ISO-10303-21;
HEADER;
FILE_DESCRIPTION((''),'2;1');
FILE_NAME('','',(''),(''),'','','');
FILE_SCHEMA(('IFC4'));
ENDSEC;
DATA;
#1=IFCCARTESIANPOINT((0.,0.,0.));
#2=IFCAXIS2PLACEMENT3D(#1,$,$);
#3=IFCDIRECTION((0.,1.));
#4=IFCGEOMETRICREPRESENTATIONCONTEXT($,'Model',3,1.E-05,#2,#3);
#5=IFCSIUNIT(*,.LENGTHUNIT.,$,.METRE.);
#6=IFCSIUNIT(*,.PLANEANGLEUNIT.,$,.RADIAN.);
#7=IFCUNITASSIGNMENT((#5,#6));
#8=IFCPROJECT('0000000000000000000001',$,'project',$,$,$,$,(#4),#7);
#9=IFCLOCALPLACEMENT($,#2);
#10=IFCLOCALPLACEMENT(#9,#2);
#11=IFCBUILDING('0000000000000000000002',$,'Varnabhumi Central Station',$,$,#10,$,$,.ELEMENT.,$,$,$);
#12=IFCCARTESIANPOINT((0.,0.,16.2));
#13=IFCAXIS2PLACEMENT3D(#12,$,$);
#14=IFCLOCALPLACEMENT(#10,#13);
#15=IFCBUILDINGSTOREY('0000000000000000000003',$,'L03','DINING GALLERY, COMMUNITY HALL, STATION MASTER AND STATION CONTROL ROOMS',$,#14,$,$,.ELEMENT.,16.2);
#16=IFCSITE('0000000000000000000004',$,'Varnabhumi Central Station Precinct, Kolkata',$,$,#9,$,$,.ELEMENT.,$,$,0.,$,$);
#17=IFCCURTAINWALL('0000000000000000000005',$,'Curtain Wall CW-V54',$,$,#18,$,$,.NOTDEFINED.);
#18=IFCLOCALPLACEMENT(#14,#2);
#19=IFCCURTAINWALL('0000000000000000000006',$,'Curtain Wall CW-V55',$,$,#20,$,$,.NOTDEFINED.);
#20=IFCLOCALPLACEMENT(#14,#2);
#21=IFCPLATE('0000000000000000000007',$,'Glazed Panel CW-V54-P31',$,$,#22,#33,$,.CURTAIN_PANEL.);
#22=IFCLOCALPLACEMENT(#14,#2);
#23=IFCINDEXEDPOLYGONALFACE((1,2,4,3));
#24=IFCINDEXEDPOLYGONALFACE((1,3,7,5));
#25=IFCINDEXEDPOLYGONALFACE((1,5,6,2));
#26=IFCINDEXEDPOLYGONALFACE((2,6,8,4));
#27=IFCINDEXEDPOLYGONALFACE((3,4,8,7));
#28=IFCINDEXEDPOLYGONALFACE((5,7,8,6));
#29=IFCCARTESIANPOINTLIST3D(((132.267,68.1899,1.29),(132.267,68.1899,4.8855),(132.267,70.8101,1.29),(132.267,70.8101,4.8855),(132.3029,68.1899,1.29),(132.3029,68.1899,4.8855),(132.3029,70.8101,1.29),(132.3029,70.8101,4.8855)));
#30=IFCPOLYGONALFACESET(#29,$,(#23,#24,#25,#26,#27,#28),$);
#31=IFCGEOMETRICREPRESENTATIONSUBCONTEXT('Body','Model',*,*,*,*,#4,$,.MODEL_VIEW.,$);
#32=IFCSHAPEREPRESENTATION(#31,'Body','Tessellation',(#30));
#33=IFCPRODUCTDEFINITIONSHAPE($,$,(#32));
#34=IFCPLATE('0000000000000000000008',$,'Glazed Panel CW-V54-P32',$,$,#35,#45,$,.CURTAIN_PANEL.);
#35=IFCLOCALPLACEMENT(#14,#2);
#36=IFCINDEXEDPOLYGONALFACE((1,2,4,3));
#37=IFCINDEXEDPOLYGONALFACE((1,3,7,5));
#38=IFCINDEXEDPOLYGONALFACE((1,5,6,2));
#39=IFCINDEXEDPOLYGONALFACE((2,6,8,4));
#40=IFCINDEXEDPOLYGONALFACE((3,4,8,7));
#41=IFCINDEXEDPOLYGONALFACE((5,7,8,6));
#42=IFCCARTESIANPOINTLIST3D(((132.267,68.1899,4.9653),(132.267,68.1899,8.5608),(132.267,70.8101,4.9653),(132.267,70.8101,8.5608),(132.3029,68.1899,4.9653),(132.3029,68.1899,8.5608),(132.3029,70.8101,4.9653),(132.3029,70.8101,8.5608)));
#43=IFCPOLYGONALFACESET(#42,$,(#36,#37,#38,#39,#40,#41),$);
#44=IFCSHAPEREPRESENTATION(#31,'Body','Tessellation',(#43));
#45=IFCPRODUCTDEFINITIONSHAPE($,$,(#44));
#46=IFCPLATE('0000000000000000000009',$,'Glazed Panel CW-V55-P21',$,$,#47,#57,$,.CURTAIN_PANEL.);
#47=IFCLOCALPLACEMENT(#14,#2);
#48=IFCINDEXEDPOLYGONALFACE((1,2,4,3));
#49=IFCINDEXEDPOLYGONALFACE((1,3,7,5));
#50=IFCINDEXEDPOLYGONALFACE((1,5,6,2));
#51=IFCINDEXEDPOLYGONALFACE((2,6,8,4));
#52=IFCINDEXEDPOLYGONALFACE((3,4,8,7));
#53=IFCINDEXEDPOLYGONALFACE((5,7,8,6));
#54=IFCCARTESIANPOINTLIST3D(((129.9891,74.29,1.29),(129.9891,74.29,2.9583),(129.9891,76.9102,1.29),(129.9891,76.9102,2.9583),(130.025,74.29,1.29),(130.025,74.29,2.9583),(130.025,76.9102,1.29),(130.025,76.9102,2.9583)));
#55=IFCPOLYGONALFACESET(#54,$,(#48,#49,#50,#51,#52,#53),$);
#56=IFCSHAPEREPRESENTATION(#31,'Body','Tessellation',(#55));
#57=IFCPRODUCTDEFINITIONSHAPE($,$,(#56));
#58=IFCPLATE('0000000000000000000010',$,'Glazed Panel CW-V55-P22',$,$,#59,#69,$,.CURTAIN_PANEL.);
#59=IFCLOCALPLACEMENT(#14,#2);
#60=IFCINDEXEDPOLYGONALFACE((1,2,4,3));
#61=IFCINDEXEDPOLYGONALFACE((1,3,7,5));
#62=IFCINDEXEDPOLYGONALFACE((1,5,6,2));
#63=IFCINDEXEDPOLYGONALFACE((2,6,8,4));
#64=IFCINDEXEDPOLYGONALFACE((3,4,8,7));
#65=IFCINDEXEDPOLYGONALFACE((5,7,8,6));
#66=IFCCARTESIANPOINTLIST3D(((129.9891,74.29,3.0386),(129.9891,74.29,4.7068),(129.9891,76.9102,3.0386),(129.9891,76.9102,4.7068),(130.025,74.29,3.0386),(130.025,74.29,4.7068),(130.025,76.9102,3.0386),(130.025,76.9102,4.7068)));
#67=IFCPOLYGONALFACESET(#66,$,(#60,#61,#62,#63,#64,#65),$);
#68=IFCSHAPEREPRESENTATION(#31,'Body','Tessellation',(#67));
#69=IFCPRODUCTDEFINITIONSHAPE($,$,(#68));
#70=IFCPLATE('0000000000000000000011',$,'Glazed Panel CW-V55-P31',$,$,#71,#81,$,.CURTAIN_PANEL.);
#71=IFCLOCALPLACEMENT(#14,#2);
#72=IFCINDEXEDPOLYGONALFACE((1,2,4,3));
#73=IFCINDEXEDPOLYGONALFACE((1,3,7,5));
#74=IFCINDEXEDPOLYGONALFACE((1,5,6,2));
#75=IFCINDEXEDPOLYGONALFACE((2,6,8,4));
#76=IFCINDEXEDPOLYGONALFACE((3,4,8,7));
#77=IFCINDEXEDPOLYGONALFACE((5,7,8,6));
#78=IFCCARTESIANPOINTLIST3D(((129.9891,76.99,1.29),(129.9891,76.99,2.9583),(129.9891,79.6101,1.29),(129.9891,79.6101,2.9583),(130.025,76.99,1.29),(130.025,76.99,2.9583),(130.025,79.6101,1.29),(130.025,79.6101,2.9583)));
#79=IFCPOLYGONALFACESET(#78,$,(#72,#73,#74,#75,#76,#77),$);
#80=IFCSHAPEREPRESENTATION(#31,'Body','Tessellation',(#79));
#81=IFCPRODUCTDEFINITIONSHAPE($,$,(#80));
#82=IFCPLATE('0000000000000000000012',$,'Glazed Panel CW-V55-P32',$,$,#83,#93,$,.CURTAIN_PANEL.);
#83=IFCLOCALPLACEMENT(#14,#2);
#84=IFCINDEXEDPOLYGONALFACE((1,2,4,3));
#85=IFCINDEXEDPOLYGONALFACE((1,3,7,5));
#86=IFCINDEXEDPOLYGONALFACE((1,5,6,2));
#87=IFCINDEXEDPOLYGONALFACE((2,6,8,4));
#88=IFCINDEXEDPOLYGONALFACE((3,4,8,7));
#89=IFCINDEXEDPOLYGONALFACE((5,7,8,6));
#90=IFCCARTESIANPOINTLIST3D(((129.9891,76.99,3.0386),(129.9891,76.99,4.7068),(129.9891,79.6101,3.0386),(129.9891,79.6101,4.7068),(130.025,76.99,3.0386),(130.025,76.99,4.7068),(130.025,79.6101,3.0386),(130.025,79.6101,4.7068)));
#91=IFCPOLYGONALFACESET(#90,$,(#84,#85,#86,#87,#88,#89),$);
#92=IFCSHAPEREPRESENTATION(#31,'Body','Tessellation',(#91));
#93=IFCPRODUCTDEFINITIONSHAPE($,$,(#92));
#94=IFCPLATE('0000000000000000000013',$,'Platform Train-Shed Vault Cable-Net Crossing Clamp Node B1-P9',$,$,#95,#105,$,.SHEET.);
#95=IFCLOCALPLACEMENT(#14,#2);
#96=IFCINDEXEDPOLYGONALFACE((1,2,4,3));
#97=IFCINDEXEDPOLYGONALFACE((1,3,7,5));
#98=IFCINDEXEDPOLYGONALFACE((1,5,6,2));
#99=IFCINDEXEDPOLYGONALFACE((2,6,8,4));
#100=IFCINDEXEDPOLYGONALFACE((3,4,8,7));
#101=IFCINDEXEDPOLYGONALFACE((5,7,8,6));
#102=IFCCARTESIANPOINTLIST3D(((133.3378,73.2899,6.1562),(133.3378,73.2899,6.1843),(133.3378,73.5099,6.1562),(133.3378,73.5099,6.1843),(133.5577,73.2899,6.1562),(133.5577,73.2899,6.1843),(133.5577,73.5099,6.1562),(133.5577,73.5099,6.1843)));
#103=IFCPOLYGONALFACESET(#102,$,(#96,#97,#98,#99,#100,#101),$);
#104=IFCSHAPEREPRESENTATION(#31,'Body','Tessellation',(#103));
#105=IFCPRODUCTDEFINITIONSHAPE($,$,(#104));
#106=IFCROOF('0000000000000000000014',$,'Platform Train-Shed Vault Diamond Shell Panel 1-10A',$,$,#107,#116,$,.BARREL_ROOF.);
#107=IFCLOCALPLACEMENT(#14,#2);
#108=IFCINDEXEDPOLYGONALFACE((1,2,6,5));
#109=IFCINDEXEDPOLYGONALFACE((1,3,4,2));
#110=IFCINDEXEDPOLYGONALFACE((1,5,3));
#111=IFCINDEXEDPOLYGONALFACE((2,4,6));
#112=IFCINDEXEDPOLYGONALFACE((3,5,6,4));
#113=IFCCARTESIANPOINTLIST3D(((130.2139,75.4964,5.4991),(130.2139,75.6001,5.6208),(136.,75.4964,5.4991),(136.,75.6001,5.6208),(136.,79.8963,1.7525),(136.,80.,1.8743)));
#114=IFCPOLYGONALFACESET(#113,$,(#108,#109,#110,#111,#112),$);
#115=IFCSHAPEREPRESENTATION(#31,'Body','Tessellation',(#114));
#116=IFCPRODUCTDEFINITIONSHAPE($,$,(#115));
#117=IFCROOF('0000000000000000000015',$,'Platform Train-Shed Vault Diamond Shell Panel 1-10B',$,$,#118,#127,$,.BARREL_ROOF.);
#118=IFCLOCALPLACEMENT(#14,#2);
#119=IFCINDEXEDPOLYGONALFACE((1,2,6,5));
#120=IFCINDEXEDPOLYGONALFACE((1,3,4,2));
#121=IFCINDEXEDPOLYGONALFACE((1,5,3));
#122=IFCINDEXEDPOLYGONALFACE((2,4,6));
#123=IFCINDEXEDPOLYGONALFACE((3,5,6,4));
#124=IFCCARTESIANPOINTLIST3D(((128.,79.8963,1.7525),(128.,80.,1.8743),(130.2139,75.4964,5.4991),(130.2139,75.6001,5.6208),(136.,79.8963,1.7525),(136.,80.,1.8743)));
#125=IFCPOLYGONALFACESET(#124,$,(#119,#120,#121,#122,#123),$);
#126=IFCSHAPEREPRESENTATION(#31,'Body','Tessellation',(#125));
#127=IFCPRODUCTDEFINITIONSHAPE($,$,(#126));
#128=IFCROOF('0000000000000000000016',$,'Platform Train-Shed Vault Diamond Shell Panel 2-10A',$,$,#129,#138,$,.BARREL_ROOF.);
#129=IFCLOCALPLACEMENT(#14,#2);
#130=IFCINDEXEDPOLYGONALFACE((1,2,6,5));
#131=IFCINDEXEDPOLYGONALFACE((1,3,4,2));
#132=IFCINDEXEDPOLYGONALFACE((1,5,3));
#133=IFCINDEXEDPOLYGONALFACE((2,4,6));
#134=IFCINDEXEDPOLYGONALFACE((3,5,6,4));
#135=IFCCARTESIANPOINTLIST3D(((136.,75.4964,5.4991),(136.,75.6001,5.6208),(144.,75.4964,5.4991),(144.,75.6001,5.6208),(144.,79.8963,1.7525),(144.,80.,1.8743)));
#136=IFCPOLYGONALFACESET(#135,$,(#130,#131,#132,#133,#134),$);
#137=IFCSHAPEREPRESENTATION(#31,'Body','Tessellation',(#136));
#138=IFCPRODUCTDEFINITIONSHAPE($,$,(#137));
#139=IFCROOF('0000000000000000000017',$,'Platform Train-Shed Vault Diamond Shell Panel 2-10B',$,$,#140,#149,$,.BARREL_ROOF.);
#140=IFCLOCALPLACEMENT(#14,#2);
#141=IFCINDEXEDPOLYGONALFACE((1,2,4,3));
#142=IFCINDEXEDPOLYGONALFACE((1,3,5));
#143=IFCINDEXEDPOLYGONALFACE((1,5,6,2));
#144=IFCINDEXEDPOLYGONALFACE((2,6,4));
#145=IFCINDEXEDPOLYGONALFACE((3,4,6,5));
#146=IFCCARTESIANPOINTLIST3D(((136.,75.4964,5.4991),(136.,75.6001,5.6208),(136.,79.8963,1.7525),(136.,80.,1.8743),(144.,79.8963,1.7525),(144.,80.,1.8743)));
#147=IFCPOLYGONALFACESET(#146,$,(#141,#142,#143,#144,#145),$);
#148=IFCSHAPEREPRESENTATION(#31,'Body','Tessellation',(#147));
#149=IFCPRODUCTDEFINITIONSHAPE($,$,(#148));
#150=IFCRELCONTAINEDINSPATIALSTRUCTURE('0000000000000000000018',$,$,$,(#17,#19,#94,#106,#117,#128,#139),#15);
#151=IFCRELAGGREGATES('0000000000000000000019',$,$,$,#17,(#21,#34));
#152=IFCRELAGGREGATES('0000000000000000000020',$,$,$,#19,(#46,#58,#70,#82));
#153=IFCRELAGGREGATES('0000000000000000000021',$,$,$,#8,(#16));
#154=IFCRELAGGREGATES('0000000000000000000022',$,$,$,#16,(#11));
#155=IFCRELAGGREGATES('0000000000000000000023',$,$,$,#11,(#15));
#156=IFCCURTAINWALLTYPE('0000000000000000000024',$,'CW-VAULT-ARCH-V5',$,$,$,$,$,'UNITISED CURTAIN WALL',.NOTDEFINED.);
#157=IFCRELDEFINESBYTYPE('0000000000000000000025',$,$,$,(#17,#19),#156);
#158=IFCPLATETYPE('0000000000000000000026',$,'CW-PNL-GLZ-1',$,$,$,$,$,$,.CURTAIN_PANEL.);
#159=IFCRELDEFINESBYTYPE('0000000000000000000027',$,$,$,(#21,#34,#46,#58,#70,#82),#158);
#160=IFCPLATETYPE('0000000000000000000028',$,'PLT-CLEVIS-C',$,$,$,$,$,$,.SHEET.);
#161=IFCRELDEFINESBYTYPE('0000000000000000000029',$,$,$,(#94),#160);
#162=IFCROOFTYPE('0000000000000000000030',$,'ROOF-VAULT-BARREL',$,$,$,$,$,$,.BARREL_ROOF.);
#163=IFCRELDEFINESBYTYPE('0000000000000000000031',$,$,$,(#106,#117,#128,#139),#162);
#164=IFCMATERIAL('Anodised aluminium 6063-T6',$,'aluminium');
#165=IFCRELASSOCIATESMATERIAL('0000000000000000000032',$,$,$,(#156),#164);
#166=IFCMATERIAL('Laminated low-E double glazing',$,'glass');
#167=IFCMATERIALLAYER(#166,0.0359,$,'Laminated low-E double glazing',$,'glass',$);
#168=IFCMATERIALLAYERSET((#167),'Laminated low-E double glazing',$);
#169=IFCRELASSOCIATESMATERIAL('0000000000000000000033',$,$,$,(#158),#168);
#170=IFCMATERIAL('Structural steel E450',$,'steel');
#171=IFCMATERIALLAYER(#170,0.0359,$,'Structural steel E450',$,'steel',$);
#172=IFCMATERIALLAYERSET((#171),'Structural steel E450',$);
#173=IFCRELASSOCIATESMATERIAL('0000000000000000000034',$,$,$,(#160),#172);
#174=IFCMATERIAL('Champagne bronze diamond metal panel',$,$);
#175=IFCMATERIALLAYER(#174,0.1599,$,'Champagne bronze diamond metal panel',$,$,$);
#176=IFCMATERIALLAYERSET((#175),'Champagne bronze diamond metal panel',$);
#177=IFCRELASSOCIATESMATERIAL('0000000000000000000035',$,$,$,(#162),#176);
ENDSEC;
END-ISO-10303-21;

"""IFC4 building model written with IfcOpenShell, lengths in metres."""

from ifc_helpers import new_model, si_unit, direction, frame, origin, origin_2d, place, context, subcontext, project, spatial, polyline, rectangle, outline, extrude, material, layer, layer_set, type_object, element, aggregate, save


model = new_model("IFC4")

# Units and contexts
model_context = context("Model", 3, precision=1e-05, world=origin(), true_north=direction((0.0, 1.0)))
body_context = subcontext(model_context, "Body", "Model", "MODEL_VIEW")
ifc_project = project(units=[si_unit("LENGTHUNIT", "METRE"), si_unit("PLANEANGLEUNIT", "RADIAN")], contexts=[model_context])

# Site, building, storey
site_placement = place(None, origin())
site = spatial("IfcSite", under=ifc_project, at=site_placement, Name="Varnabhumi Central Station Precinct, Kolkata", CompositionType="ELEMENT", RefElevation=0.0)
building_placement = place(site_placement, origin())
building = spatial("IfcBuilding", under=site, at=building_placement, Name="Varnabhumi Central Station", CompositionType="ELEMENT")
storey_placement = place(building_placement, frame((0.0, 0.0, 16.2)))
storey = spatial("IfcBuildingStorey", under=building, at=storey_placement, Name="L03", Description="DINING GALLERY, COMMUNITY HALL, STATION MASTER AND STATION CONTROL ROOMS", CompositionType="ELEMENT", Elevation=16.2)

# Shared definitions
ifc_material_1 = material(Name="Structural steel E450", Category="steel")

# Curtain walls
ifc_material_2 = material(Name="Anodised aluminium 6063-T6", Category="aluminium")
curtain_wall_type = type_object("IfcCurtainWallType", Name="CW-VAULT-ARCH-V5", ElementType="UNITISED CURTAIN WALL", PredefinedType="NOTDEFINED", material=ifc_material_2)
curtain_wall_1_placement = place(storey_placement, origin())
curtain_wall_1 = element("IfcCurtainWall", 1, at=curtain_wall_1_placement, inside=storey, type_object=curtain_wall_type, Name="Curtain Wall CW-V54", PredefinedType="NOTDEFINED")
curtain_wall_2_placement = place(storey_placement, origin())
curtain_wall_2 = element("IfcCurtainWall", 2, at=curtain_wall_2_placement, inside=storey, type_object=curtain_wall_type, Name="Curtain Wall CW-V55", PredefinedType="NOTDEFINED")

# Plates
ifc_material_3 = material(Name="Laminated low-E double glazing", Category="glass")
ifc_layer_1 = layer(ifc_material_3, 0.0359, Name="Laminated low-E double glazing", Category="glass")
ifc_layer_set_1 = layer_set([ifc_layer_1], Name="Laminated low-E double glazing")
plate_type_1 = type_object("IfcPlateType", Name="CW-PNL-GLZ-1", PredefinedType="CURTAIN_PANEL", material=ifc_layer_set_1)
plate_1_placement = place(storey_placement, frame((132.2849, 69.5, 1.29), z_axis=(0.0, 0.0, 1.0), x_axis=(0.0, 1.0, 0.0)))
plate_1 = element("IfcPlate", 3, at=plate_1_placement, type_object=plate_type_1, Name="Glazed Panel CW-V54-P31", PredefinedType="CURTAIN_PANEL", context=body_context, shape_type="SweptSolid", body=[
    extrude(rectangle(XDim=2.6201, YDim=0.0359, at=origin_2d()), origin(), (0.0, 0.0, 1.0), 3.5955),
])
plate_2_placement = place(storey_placement, frame((132.2849, 69.5, 4.9653), z_axis=(0.0, 0.0, 1.0), x_axis=(0.0, 1.0, 0.0)))
plate_2 = element("IfcPlate", 4, at=plate_2_placement, type_object=plate_type_1, Name="Glazed Panel CW-V54-P32", PredefinedType="CURTAIN_PANEL", context=body_context, shape_type="SweptSolid", body=[
    extrude(rectangle(XDim=2.6201, YDim=0.0359, at=origin_2d()), origin(), (0.0, 0.0, 1.0), 3.5955),
])
aggregate(curtain_wall_1, [plate_1, plate_2])
plate_3_placement = place(storey_placement, frame((130.0071, 75.6001, 1.29), z_axis=(0.0, 0.0, 1.0), x_axis=(0.0, 1.0, 0.0)))
plate_3 = element("IfcPlate", 5, at=plate_3_placement, type_object=plate_type_1, Name="Glazed Panel CW-V55-P21", PredefinedType="CURTAIN_PANEL", context=body_context, shape_type="SweptSolid", body=[
    extrude(rectangle(XDim=2.6201, YDim=0.0359, at=origin_2d()), origin(), (0.0, 0.0, 1.0), 1.6682),
])
plate_4_placement = place(storey_placement, frame((130.0071, 75.6001, 3.0386), z_axis=(0.0, 0.0, 1.0), x_axis=(0.0, 1.0, 0.0)))
plate_4 = element("IfcPlate", 6, at=plate_4_placement, type_object=plate_type_1, Name="Glazed Panel CW-V55-P22", PredefinedType="CURTAIN_PANEL", context=body_context, shape_type="SweptSolid", body=[
    extrude(rectangle(XDim=2.6201, YDim=0.0359, at=origin_2d()), origin(), (0.0, 0.0, 1.0), 1.6682),
])
plate_5_placement = place(storey_placement, frame((130.0071, 78.3, 1.29), z_axis=(0.0, 0.0, 1.0), x_axis=(0.0, 1.0, 0.0)))
plate_5 = element("IfcPlate", 7, at=plate_5_placement, type_object=plate_type_1, Name="Glazed Panel CW-V55-P31", PredefinedType="CURTAIN_PANEL", context=body_context, shape_type="SweptSolid", body=[
    extrude(rectangle(XDim=2.6201, YDim=0.0359, at=origin_2d()), origin(), (0.0, 0.0, 1.0), 1.6682),
])
plate_6_placement = place(storey_placement, frame((130.0071, 78.3, 3.0386), z_axis=(0.0, 0.0, 1.0), x_axis=(0.0, 1.0, 0.0)))
plate_6 = element("IfcPlate", 8, at=plate_6_placement, type_object=plate_type_1, Name="Glazed Panel CW-V55-P32", PredefinedType="CURTAIN_PANEL", context=body_context, shape_type="SweptSolid", body=[
    extrude(rectangle(XDim=2.6201, YDim=0.0359, at=origin_2d()), origin(), (0.0, 0.0, 1.0), 1.6682),
])
aggregate(curtain_wall_2, [plate_3, plate_4, plate_5, plate_6])
ifc_layer_2 = layer(ifc_material_1, 0.0359, Name="Structural steel E450", Category="steel")
ifc_layer_set_2 = layer_set([ifc_layer_2], Name="Structural steel E450")
plate_type_2 = type_object("IfcPlateType", Name="PLT-CLEVIS-C", PredefinedType="SHEET", material=ifc_layer_set_2)
plate_7_placement = place(storey_placement, frame((133.4478, 73.3999, 6.1562), z_axis=(0.0, 0.0, 1.0), x_axis=(1.0, 0.0, 0.0)))
element("IfcPlate", 9, at=plate_7_placement, inside=storey, type_object=plate_type_2, Name="Platform Train-Shed Vault Cable-Net Crossing Clamp Node B1-P9", PredefinedType="SHEET", context=body_context, shape_type="SweptSolid", body=[
    extrude(rectangle(XDim=0.22, YDim=0.22, at=origin_2d()), origin(), (0.0, 0.0, 1.0), 0.0281),
])

# Roofs
ifc_material_4 = material(Name="Champagne bronze diamond metal panel")
ifc_layer_3 = layer(ifc_material_4, 0.1599, Name="Champagne bronze diamond metal panel")
ifc_layer_set_3 = layer_set([ifc_layer_3], Name="Champagne bronze diamond metal panel")
roof_type = type_object("IfcRoofType", Name="ROOF-VAULT-BARREL", PredefinedType="BARREL_ROOF", material=ifc_layer_set_3)
roof_1_placement = place(storey_placement, frame((130.2139, 75.6001, 5.6208), z_axis=(0.0, 0.648318, 0.76137), x_axis=(1.0, 0.0, 0.0)))
element("IfcRoof", 10, at=roof_1_placement, inside=storey, type_object=roof_type, Name="Platform Train-Shed Vault Diamond Shell Panel 1-10A", PredefinedType="BARREL_ROOF", context=body_context, shape_type="SweptSolid", body=[
    extrude(outline(polyline([(0.0, 0.0), (5.7861, 0.0), (5.7861, 5.7789), (0.0, 0.0)])), origin(), (0.0, 0.0, -1.0), 0.1599),
])
roof_2_placement = place(storey_placement, frame((130.2139, 75.6001, 5.6208), z_axis=(0.0, 0.648318, 0.76137), x_axis=(0.707547, 0.538034, -0.458144)))
element("IfcRoof", 11, at=roof_2_placement, inside=storey, type_object=roof_type, Name="Platform Train-Shed Vault Diamond Shell Panel 1-10B", PredefinedType="BARREL_ROOF", context=body_context, shape_type="SweptSolid", body=[
    extrude(outline(polyline([(0.0, 0.0), (8.1777, 0.0), (2.5174, 5.6533), (0.0, 0.0)])), origin(), (0.0, 0.0, -1.0), 0.1599),
])
roof_3_placement = place(storey_placement, frame((136.0, 75.6001, 5.6208), z_axis=(0.0, 0.648318, 0.76137), x_axis=(1.0, 0.0, 0.0)))
element("IfcRoof", 12, at=roof_3_placement, inside=storey, type_object=roof_type, Name="Platform Train-Shed Vault Diamond Shell Panel 2-10A", PredefinedType="BARREL_ROOF", context=body_context, shape_type="SweptSolid", body=[
    extrude(outline(polyline([(0.0, 0.0), (8.0, 0.0), (8.0, 5.7789), (0.0, 0.0)])), origin(), (0.0, 0.0, -1.0), 0.1599),
])
roof_4_placement = place(storey_placement, frame((136.0, 75.6001, 5.6208), z_axis=(0.0, 0.648318, 0.76137), x_axis=(0.810624, 0.445833, -0.379634)))
element("IfcRoof", 13, at=roof_4_placement, inside=storey, type_object=roof_type, Name="Platform Train-Shed Vault Diamond Shell Panel 2-10B", PredefinedType="BARREL_ROOF", context=body_context, shape_type="SweptSolid", body=[
    extrude(outline(polyline([(0.0, 0.0), (9.8689, 0.0), (3.384, 4.6845), (0.0, 0.0)])), origin(), (0.0, 0.0, -1.0), 0.1599),
])

save(model, "model.ifc")
